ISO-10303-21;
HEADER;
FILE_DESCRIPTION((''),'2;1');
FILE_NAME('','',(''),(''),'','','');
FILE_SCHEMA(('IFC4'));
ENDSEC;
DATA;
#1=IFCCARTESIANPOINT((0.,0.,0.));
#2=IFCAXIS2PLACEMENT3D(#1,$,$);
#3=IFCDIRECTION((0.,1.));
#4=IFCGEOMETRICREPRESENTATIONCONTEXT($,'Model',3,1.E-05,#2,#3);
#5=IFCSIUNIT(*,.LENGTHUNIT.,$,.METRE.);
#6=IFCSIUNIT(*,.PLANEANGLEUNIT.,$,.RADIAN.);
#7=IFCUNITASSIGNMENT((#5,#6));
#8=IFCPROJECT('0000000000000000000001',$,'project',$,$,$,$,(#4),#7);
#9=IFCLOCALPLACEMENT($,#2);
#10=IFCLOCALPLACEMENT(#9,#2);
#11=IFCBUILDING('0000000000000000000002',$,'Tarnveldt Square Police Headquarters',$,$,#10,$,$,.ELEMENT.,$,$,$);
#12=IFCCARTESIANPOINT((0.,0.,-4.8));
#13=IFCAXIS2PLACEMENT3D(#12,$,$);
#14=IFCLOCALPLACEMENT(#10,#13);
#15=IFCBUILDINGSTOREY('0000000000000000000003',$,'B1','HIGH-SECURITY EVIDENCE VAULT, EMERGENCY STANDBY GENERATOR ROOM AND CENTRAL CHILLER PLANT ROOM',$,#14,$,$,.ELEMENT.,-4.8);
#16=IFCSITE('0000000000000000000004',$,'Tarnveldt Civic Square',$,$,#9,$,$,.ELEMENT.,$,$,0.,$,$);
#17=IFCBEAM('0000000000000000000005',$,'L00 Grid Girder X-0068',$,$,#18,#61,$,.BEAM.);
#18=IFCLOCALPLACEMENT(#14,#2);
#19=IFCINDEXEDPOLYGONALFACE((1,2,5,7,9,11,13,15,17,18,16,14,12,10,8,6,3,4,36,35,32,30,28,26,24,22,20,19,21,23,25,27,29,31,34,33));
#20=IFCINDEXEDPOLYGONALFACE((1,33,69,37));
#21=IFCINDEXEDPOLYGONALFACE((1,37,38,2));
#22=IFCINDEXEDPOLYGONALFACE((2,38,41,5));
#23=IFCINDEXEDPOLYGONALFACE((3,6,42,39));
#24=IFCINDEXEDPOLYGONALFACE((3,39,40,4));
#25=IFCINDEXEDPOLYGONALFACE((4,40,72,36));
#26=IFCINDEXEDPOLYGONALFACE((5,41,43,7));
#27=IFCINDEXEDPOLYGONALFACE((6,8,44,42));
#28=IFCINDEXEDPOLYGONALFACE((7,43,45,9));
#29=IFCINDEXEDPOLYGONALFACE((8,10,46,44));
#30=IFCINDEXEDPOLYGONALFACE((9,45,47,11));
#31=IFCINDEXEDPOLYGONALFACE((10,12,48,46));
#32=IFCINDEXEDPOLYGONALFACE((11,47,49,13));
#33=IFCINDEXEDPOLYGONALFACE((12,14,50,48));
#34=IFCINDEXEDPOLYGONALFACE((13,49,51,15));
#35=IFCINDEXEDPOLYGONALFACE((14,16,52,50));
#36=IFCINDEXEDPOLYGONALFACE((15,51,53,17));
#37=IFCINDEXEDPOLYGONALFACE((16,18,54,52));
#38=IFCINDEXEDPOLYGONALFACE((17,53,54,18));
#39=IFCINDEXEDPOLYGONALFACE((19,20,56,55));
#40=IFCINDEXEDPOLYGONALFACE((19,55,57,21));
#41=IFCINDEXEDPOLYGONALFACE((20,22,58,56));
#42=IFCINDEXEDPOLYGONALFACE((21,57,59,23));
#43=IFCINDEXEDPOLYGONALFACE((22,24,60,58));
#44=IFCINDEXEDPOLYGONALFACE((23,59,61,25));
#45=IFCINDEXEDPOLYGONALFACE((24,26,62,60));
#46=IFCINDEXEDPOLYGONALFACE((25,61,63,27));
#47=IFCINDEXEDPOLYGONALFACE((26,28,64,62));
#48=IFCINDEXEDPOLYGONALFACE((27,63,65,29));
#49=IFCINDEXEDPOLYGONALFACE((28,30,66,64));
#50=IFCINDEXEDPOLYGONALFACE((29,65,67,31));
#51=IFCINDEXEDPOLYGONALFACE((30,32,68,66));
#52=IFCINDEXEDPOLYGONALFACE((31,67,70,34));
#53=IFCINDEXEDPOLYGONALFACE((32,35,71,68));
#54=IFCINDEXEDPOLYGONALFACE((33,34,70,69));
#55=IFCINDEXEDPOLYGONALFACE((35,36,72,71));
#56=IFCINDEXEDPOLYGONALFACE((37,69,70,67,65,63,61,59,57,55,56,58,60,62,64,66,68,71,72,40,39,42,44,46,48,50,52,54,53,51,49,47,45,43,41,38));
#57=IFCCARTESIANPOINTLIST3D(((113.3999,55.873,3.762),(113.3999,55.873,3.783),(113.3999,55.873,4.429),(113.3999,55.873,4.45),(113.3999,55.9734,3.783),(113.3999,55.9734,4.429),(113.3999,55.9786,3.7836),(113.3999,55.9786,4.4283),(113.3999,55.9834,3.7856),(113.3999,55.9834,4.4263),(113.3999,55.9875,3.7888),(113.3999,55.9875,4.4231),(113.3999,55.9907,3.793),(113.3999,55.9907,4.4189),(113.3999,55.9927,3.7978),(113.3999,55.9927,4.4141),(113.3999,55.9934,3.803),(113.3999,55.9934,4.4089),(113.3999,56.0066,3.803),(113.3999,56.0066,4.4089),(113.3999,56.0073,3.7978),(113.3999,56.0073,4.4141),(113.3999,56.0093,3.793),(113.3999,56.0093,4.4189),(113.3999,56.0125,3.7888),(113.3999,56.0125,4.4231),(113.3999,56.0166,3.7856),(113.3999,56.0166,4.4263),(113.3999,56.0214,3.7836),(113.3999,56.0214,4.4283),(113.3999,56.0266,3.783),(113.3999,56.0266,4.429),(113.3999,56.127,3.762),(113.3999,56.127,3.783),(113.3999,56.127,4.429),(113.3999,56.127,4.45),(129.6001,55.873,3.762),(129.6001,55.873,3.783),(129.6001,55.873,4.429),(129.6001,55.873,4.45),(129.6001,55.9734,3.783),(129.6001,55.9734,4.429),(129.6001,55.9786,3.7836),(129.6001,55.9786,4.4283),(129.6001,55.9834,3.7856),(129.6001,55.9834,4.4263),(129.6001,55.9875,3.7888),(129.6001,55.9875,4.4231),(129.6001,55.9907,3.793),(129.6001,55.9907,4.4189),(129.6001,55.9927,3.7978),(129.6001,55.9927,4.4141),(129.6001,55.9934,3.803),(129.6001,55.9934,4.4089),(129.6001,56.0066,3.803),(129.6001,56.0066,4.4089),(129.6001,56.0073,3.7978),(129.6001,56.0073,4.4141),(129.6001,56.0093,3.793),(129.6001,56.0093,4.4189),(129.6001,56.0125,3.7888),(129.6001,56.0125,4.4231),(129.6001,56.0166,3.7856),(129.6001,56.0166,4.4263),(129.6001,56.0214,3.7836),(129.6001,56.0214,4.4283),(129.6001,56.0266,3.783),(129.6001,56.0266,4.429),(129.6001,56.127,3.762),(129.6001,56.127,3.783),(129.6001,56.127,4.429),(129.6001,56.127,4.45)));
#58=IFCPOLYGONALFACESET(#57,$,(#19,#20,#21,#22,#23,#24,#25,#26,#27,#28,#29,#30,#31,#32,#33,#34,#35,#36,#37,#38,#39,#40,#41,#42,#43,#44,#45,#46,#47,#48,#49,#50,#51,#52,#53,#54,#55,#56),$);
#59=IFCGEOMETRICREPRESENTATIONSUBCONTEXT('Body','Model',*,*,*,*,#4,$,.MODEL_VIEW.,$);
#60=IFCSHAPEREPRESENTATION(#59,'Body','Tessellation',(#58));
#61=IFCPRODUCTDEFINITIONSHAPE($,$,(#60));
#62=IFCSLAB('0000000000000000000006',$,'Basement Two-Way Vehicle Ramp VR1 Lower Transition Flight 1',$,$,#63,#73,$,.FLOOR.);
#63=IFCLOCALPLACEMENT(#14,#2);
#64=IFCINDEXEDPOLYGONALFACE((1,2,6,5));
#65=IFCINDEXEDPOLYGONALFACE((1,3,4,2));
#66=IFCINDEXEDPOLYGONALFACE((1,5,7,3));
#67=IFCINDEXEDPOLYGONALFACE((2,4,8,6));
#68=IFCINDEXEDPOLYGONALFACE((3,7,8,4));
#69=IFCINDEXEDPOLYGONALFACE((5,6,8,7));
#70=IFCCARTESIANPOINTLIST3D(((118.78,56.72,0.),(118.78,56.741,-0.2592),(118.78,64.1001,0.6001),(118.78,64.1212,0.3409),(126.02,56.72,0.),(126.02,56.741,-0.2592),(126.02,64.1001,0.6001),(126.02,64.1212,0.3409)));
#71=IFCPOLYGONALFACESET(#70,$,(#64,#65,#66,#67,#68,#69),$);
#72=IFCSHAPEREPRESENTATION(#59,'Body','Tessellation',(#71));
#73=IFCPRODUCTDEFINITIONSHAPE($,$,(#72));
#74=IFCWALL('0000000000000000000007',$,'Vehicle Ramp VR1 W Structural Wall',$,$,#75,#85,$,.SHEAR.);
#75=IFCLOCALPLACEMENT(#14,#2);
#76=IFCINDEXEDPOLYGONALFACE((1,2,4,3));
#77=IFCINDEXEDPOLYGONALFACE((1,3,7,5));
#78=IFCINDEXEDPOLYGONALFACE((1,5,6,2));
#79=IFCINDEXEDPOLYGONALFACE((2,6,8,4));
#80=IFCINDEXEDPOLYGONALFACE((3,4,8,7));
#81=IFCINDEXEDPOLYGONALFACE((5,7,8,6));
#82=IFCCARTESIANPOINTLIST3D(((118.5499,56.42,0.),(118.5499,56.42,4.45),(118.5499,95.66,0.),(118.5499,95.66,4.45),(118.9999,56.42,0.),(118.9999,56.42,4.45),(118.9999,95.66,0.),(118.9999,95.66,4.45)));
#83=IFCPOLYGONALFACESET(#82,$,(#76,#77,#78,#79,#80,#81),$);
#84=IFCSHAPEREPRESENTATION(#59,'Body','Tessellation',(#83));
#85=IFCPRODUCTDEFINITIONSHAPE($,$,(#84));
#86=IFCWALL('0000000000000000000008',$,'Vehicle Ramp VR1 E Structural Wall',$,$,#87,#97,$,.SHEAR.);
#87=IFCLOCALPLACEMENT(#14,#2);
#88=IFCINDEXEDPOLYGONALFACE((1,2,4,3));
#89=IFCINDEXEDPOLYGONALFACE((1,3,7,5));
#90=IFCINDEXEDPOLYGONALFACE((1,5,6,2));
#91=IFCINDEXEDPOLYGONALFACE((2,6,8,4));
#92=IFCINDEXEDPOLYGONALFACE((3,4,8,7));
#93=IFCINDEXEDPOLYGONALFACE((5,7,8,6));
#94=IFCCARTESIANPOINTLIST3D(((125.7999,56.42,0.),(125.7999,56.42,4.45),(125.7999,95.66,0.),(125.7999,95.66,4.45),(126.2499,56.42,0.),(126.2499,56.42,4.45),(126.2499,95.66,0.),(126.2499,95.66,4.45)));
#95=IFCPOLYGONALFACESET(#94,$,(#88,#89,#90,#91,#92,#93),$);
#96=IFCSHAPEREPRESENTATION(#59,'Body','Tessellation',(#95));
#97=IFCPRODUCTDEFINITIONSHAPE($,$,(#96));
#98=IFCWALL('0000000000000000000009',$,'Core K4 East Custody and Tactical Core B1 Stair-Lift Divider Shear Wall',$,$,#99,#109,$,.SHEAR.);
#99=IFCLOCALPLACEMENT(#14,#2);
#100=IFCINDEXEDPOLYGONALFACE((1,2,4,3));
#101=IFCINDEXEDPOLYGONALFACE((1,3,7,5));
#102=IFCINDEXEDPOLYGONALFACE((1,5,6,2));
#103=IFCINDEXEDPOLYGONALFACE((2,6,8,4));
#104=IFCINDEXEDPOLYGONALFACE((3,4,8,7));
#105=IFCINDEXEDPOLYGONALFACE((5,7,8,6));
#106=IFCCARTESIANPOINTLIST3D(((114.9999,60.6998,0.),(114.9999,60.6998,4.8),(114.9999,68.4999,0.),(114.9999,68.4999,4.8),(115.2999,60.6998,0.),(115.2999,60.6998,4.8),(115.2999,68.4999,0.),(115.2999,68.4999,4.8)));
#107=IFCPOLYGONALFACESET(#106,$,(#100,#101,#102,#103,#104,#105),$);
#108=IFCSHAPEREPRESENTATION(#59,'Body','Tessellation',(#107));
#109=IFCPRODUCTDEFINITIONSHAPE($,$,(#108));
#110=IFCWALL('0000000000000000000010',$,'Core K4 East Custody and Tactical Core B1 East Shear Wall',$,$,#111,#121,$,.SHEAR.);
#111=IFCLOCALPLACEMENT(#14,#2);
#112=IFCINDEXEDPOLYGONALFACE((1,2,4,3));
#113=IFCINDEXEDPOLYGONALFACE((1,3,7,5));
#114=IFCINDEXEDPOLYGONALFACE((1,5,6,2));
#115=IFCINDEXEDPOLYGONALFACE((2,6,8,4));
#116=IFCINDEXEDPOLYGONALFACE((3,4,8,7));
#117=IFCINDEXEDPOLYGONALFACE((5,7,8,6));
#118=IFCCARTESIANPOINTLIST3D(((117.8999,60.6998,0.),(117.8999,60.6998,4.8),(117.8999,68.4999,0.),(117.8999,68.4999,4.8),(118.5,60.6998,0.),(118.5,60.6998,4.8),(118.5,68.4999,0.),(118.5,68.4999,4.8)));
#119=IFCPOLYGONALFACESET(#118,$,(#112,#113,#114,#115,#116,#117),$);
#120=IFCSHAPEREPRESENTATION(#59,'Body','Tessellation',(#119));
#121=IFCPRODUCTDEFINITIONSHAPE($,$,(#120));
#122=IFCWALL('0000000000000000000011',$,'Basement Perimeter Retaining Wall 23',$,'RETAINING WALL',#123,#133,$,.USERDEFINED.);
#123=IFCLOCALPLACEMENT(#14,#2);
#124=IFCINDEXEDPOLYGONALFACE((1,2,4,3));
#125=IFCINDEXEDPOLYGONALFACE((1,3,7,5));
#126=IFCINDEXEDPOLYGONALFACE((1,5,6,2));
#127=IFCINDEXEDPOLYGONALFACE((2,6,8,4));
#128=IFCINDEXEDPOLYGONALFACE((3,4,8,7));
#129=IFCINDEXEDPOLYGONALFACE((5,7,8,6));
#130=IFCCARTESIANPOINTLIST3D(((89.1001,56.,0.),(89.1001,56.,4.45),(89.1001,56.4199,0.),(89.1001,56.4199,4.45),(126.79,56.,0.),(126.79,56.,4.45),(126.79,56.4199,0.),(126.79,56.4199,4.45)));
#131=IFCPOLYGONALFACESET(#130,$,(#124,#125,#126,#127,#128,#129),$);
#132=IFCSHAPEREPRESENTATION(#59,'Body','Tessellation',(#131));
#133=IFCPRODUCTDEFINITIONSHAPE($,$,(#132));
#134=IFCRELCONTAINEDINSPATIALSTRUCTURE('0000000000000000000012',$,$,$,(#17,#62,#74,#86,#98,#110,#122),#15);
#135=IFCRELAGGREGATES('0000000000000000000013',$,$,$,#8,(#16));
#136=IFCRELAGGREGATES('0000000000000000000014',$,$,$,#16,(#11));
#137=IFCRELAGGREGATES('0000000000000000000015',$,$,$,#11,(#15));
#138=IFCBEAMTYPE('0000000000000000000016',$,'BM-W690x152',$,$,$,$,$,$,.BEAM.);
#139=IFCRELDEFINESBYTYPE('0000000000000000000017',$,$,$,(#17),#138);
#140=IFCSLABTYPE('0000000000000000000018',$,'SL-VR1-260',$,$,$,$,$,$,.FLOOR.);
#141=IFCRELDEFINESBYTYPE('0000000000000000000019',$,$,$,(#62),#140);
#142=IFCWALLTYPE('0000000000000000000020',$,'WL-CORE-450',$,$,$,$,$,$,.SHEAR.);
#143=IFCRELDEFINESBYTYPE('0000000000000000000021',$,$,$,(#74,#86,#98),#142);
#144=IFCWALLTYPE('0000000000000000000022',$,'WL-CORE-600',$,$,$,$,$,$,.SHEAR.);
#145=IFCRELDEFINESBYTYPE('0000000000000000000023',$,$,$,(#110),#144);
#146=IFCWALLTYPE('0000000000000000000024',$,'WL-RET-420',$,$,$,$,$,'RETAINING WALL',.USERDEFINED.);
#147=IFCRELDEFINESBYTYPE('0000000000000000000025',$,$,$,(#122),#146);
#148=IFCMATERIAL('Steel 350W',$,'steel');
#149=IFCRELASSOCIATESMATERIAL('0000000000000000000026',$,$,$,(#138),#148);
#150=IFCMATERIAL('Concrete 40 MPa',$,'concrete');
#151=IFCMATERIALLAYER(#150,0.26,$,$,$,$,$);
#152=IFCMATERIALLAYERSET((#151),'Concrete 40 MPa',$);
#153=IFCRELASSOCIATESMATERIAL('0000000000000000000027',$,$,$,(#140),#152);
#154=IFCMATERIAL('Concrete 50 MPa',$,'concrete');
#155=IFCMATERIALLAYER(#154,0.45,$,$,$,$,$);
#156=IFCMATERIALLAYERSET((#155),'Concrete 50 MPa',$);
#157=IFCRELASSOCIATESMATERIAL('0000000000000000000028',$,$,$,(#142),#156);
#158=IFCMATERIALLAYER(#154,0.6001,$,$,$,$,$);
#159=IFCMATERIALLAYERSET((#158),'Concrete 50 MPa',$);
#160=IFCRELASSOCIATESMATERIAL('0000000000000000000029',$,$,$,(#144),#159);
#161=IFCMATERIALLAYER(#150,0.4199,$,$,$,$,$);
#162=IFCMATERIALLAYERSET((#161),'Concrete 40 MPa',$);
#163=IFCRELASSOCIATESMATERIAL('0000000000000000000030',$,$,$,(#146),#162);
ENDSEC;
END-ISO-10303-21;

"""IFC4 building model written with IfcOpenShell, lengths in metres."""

from ifc_helpers import new_model, si_unit, direction, frame, frame_2d, origin, origin_2d, place, context, subcontext, project, spatial, polyline, rectangle, i_section, outline, extrude, material, layer, layer_set, material_profile, profile_set, type_object, element, save


model = new_model("IFC4")

# Units and contexts
model_context = context("Model", 3, precision=1e-05, world=origin(), true_north=direction((0.0, 1.0)))
body_context = subcontext(model_context, "Body", "Model", "MODEL_VIEW")
ifc_project = project(units=[si_unit("LENGTHUNIT", "METRE"), si_unit("PLANEANGLEUNIT", "RADIAN")], contexts=[model_context])

# Site, building, storey
site_placement = place(None, origin())
site = spatial("IfcSite", under=ifc_project, at=site_placement, Name="Tarnveldt Civic Square", CompositionType="ELEMENT", RefElevation=0.0)
building_placement = place(site_placement, origin())
building = spatial("IfcBuilding", under=site, at=building_placement, Name="Tarnveldt Square Police Headquarters", CompositionType="ELEMENT")
storey_placement = place(building_placement, frame((0.0, 0.0, -4.8)))
storey = spatial("IfcBuildingStorey", under=building, at=storey_placement, Name="B1", Description="HIGH-SECURITY EVIDENCE VAULT, EMERGENCY STANDBY GENERATOR ROOM AND CENTRAL CHILLER PLANT ROOM", CompositionType="ELEMENT", Elevation=-4.8)

# Shared definitions
ifc_material_1 = material(Name="Concrete 50 MPa", Category="concrete")

# Beam
ifc_material_2 = material(Name="Concrete 40 MPa", Category="concrete")
ifc_material_3 = material(Name="Steel 350W", Category="steel")
ifc_material_profile_1 = material_profile(ifc_material_3, i_section(OverallWidth=0.2539, OverallDepth=0.688, WebThickness=0.0132, FlangeThickness=0.021, FilletRadius=0.02, at=origin_2d()), Name="W690x152")
ifc_profile_set_1 = profile_set([ifc_material_profile_1], Name="Steel 350W")
beam_type_1 = type_object("IfcBeamType", Name="BM-W690x152", PredefinedType="BEAM", material=ifc_profile_set_1)
beam_1_placement = place(storey_placement, frame((113.3999, 56.0, 4.106), z_axis=(1.0, 0.0, 0.0), x_axis=(0.0, 1.0, 0.0)))
element("IfcBeam", 1, at=beam_1_placement, inside=storey, type_object=beam_type_1, Name="L00 Grid Girder X-0068", PredefinedType="BEAM", context=body_context, shape_type="SweptSolid", body=[
    extrude(i_section(OverallWidth=0.2539, OverallDepth=0.688, WebThickness=0.0132, FlangeThickness=0.021, FilletRadius=0.02, at=origin_2d()), origin(), (0.0, 0.0, 1.0), 16.2002),
])

# Slab
ifc_layer_1 = layer(ifc_material_2, 0.26)
ifc_layer_set_1 = layer_set([ifc_layer_1], Name="Concrete 40 MPa")
slab_type = type_object("IfcSlabType", Name="SL-VR1-260", PredefinedType="FLOOR", material=ifc_layer_set_1)
slab_placement = place(storey_placement, frame((118.78, 56.72, 0.0), z_axis=(0.0, -0.081045, 0.99671), x_axis=(1.0, 0.0, 0.0)))
element("IfcSlab", 2, at=slab_placement, inside=storey, type_object=slab_type, Name="Basement Two-Way Vehicle Ramp VR1 Lower Transition Flight 1", PredefinedType="FLOOR", context=body_context, shape_type="SweptSolid", body=[
    extrude(outline(polyline([(0.0, 0.0), (7.24, 0.0), (7.24, 7.4045), (0.0, 7.4045), (0.0, 0.0)])), origin(), (0.0, 0.0, -1.0), 0.26),
])

# Walls
ifc_layer_2 = layer(ifc_material_1, 0.45)
ifc_layer_set_2 = layer_set([ifc_layer_2], Name="Concrete 50 MPa")
wall_type_1 = type_object("IfcWallType", Name="WL-CORE-450", PredefinedType="SHEAR", material=ifc_layer_set_2)
for number, where, z_axis, x_axis, name in (
    (3, (118.7749, 56.4199, 0.0), (0.0, 0.0, 1.0), (0.0, 1.0, 0.0), "Vehicle Ramp VR1 W Structural Wall"),
    (4, (126.0249, 56.4199, 0.0), (0.0, 0.0, 1.0), (0.0, 1.0, 0.0), "Vehicle Ramp VR1 E Structural Wall"),
):
    element("IfcWall", number, at=place(storey_placement, frame(where, z_axis=z_axis, x_axis=x_axis)), inside=storey, type_object=wall_type_1, Name=name, PredefinedType="SHEAR", context=body_context, shape_type="SweptSolid", body=[
        extrude(rectangle(XDim=39.24, YDim=0.45, at=frame_2d((19.6201, 0.0))), origin(), (0.0, 0.0, 1.0), 4.45),
    ])
wall_1_placement = place(storey_placement, frame((115.1499, 60.7, 0.0), z_axis=(0.0, 0.0, 1.0), x_axis=(0.0, 1.0, 0.0)))
element("IfcWall", 5, at=wall_1_placement, inside=storey, type_object=wall_type_1, Name="Core K4 East Custody and Tactical Core B1 Stair-Lift Divider Shear Wall", PredefinedType="SHEAR", context=body_context, shape_type="SweptSolid", body=[
    extrude(rectangle(XDim=7.8, YDim=0.3, at=frame_2d((3.8999, 0.0))), origin(), (0.0, 0.0, 1.0), 4.8),
])
ifc_layer_3 = layer(ifc_material_1, 0.6001)
ifc_layer_set_3 = layer_set([ifc_layer_3], Name="Concrete 50 MPa")
wall_type_2 = type_object("IfcWallType", Name="WL-CORE-600", PredefinedType="SHEAR", material=ifc_layer_set_3)
wall_2_placement = place(storey_placement, frame((118.2, 60.7, 0.0), z_axis=(0.0, 0.0, 1.0), x_axis=(0.0, 1.0, 0.0)))
element("IfcWall", 6, at=wall_2_placement, inside=storey, type_object=wall_type_2, Name="Core K4 East Custody and Tactical Core B1 East Shear Wall", PredefinedType="SHEAR", context=body_context, shape_type="SweptSolid", body=[
    extrude(rectangle(XDim=7.8, YDim=0.6001, at=frame_2d((3.8999, 0.0))), origin(), (0.0, 0.0, 1.0), 4.8),
])
ifc_layer_4 = layer(ifc_material_2, 0.4199)
ifc_layer_set_4 = layer_set([ifc_layer_4], Name="Concrete 40 MPa")
wall_type_3 = type_object("IfcWallType", Name="WL-RET-420", ElementType="RETAINING WALL", PredefinedType="USERDEFINED", material=ifc_layer_set_4)
wall_3_placement = place(storey_placement, frame((126.79, 56.21, 0.0), z_axis=(0.0, 0.0, 1.0), x_axis=(-1.0, 0.0, 0.0)))
element("IfcWall", 7, at=wall_3_placement, inside=storey, type_object=wall_type_3, Name="Basement Perimeter Retaining Wall 23", ObjectType="RETAINING WALL", PredefinedType="USERDEFINED", context=body_context, shape_type="SweptSolid", body=[
    extrude(rectangle(XDim=37.6899, YDim=0.4199, at=frame_2d((18.845, 0.0))), origin(), (0.0, 0.0, 1.0), 4.45),
])

save(model, "model.ifc")
